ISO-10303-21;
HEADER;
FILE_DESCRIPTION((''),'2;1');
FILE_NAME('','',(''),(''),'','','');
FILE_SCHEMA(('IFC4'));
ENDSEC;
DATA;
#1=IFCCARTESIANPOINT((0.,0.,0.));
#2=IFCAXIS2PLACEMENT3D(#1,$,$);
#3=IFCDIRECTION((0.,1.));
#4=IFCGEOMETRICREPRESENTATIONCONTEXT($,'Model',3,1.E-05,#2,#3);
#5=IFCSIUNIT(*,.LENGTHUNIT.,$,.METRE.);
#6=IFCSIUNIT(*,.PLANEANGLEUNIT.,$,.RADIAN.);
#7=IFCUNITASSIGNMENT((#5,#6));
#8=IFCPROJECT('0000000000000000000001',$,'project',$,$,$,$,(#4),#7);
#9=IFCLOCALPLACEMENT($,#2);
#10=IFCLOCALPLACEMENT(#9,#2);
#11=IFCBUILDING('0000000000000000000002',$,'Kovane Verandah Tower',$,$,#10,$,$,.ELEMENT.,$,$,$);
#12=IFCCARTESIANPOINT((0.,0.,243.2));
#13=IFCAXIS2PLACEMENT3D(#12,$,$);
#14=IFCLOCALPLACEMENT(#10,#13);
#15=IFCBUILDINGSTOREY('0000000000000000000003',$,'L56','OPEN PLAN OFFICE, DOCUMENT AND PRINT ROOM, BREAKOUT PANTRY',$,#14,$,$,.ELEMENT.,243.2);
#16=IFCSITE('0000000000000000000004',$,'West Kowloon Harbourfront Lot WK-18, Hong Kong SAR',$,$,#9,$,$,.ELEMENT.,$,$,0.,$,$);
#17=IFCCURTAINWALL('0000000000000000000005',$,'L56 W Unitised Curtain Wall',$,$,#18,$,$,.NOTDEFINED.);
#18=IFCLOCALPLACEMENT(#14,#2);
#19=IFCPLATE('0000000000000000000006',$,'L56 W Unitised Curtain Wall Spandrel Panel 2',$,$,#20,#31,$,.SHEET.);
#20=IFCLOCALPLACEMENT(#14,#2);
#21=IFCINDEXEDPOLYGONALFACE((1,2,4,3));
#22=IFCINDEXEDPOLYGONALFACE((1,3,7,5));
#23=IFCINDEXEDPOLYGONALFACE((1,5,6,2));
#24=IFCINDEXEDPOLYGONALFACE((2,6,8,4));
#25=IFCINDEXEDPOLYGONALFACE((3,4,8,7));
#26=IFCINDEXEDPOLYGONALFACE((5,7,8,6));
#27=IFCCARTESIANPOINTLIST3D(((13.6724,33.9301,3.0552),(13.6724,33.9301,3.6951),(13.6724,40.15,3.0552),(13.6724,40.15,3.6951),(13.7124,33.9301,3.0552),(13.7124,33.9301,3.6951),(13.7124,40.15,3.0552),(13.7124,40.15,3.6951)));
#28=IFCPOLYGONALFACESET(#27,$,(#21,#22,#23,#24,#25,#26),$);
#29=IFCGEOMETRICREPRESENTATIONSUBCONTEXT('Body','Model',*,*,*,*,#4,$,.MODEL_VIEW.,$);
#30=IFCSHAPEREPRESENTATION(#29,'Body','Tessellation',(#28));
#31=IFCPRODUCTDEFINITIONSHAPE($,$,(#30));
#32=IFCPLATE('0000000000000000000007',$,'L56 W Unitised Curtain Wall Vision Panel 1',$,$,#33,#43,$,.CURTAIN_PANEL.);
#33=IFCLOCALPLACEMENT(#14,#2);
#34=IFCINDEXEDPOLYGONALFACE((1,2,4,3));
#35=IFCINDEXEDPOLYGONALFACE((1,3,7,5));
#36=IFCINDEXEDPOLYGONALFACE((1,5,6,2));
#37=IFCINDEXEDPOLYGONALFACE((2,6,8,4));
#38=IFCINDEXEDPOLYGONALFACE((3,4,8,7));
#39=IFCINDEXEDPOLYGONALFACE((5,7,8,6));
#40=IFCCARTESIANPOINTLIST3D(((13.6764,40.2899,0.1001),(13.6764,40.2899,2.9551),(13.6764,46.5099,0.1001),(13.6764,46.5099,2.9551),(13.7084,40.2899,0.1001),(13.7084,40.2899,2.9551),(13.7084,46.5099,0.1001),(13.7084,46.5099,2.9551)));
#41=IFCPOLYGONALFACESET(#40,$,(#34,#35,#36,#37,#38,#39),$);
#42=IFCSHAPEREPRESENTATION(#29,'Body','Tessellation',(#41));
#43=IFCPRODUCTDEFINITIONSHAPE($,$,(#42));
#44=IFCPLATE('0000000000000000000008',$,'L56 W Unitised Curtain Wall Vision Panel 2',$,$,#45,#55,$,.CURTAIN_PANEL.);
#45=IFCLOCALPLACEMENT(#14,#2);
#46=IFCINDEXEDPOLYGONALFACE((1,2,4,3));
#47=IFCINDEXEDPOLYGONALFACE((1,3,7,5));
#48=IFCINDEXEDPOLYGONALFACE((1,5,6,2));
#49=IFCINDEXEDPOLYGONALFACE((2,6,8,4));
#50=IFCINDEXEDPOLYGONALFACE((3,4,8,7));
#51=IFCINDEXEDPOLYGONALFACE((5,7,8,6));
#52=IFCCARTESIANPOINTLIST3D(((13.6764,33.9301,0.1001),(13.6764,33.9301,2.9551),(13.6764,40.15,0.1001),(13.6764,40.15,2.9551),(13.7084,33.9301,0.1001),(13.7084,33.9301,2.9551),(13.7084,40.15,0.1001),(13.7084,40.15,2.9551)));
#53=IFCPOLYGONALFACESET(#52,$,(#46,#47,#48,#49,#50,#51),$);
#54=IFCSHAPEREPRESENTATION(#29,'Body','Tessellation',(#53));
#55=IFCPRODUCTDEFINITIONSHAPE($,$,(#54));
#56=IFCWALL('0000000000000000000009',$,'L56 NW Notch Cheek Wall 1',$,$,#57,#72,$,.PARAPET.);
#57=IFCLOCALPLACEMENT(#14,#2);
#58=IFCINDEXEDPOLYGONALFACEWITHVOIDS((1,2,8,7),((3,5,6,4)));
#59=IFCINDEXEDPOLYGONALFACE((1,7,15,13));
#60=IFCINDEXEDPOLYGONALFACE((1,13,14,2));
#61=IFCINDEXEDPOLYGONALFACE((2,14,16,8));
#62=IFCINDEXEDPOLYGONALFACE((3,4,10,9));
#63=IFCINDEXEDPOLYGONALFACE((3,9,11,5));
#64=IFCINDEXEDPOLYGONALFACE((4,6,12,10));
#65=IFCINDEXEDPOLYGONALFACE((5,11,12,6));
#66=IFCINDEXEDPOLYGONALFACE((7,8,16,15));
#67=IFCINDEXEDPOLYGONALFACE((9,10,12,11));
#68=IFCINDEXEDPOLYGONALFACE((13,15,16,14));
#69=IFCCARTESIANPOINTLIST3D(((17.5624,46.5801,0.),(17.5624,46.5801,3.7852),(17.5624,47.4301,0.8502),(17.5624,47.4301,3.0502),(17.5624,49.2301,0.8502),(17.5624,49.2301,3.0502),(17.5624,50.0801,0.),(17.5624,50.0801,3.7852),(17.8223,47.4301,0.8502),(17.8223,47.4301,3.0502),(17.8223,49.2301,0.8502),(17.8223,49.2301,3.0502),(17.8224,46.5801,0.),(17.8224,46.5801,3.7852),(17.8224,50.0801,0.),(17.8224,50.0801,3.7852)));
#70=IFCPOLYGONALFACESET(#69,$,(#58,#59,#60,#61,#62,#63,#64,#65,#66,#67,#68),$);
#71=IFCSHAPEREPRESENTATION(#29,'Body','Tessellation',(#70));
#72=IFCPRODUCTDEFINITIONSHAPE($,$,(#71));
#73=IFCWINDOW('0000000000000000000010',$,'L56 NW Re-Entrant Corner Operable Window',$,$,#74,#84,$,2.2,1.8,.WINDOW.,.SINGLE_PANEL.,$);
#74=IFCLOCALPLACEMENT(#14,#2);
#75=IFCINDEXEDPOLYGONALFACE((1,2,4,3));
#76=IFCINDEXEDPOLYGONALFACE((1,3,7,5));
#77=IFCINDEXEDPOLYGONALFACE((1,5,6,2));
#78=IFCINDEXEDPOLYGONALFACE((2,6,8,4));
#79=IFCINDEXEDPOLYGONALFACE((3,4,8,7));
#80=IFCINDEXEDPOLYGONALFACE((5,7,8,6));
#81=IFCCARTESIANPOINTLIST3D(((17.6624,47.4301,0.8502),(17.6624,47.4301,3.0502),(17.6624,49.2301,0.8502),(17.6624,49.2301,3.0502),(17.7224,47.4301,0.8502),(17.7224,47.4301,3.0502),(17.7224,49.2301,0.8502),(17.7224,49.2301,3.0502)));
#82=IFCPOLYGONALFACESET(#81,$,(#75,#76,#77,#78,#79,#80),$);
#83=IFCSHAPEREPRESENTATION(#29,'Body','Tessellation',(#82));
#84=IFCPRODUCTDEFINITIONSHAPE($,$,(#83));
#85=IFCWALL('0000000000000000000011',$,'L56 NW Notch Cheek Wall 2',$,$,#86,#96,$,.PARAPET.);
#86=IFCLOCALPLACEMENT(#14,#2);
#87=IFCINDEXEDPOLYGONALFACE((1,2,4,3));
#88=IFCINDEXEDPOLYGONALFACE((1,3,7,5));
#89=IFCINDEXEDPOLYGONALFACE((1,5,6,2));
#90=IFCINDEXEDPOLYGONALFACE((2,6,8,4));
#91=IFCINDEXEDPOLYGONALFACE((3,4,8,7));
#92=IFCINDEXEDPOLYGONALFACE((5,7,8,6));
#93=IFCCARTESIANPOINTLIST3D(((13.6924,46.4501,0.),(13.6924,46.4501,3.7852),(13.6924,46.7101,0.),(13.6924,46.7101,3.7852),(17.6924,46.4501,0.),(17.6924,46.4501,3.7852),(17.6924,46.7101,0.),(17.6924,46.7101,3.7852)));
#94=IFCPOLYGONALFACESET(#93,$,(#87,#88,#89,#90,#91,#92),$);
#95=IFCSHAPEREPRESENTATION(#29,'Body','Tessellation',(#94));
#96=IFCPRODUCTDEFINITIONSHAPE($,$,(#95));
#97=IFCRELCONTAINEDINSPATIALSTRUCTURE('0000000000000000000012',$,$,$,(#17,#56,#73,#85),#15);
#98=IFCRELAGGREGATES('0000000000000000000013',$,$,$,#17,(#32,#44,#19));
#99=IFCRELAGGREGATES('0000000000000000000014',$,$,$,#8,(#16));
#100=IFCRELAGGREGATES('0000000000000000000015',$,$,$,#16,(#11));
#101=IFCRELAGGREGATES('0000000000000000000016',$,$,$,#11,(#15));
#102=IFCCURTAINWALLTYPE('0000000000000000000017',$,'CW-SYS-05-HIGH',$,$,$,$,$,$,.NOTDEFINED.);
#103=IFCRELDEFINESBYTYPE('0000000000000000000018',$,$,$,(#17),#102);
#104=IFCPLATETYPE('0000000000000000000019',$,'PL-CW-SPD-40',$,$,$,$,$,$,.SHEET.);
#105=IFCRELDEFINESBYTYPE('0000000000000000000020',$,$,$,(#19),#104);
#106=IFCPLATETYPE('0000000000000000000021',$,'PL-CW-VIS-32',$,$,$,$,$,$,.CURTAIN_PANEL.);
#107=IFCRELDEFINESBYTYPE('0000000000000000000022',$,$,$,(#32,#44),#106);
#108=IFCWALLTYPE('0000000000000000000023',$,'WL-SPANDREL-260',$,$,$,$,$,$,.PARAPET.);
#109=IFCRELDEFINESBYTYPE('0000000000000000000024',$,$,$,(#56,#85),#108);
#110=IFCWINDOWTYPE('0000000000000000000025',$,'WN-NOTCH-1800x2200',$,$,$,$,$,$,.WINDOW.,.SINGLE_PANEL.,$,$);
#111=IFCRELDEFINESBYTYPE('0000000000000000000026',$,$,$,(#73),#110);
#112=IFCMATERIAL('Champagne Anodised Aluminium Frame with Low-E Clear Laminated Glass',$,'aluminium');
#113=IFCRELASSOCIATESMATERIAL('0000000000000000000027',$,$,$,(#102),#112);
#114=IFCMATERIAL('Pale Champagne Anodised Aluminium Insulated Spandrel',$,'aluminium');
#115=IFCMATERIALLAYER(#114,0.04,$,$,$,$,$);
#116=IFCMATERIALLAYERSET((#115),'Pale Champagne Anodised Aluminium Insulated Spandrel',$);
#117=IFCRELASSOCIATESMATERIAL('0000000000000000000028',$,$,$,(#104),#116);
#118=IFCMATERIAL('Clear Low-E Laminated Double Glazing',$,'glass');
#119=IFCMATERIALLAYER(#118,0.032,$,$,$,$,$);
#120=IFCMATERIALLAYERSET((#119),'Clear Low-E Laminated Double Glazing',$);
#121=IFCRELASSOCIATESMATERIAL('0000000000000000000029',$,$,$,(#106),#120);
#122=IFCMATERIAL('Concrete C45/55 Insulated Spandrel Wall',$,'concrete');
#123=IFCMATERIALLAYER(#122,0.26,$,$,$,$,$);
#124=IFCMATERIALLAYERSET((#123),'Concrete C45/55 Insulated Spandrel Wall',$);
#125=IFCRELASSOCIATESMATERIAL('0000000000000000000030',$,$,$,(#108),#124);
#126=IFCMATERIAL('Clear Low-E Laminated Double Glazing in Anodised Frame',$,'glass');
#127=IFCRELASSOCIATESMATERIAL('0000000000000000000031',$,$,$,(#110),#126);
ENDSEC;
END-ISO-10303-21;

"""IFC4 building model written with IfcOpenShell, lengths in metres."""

from ifc_helpers import new_model, si_unit, direction, frame, frame_2d, origin, origin_2d, place, context, subcontext, project, spatial, rectangle, extrude, material, layer, layer_set, type_object, element, fill, aggregate, save


model = new_model("IFC4")

# Units and contexts
model_context = context("Model", 3, precision=1e-05, world=origin(), true_north=direction((0.0, 1.0)))
body_context = subcontext(model_context, "Body", "Model", "MODEL_VIEW")
ifc_project = project(units=[si_unit("LENGTHUNIT", "METRE"), si_unit("PLANEANGLEUNIT", "RADIAN")], contexts=[model_context])

# Site, building, storey
site_placement = place(None, origin())
site = spatial("IfcSite", under=ifc_project, at=site_placement, Name="West Kowloon Harbourfront Lot WK-18, Hong Kong SAR", CompositionType="ELEMENT", RefElevation=0.0)
building_placement = place(site_placement, origin())
building = spatial("IfcBuilding", under=site, at=building_placement, Name="Kovane Verandah Tower", CompositionType="ELEMENT")
storey_placement = place(building_placement, frame((0.0, 0.0, 243.2)))
storey = spatial("IfcBuildingStorey", under=building, at=storey_placement, Name="L56", Description="OPEN PLAN OFFICE, DOCUMENT AND PRINT ROOM, BREAKOUT PANTRY", CompositionType="ELEMENT", Elevation=243.2)

# Curtain wall
ifc_material_1 = material(Name="Champagne Anodised Aluminium Frame with Low-E Clear Laminated Glass", Category="aluminium")
curtain_wall_type = type_object("IfcCurtainWallType", Name="CW-SYS-05-HIGH", PredefinedType="NOTDEFINED", material=ifc_material_1)
curtain_wall_placement = place(storey_placement, origin())
curtain_wall = element("IfcCurtainWall", 1, at=curtain_wall_placement, inside=storey, type_object=curtain_wall_type, Name="L56 W Unitised Curtain Wall", PredefinedType="NOTDEFINED")

# Plates
ifc_material_2 = material(Name="Pale Champagne Anodised Aluminium Insulated Spandrel", Category="aluminium")
ifc_layer_1 = layer(ifc_material_2, 0.04)
ifc_layer_set_1 = layer_set([ifc_layer_1], Name="Pale Champagne Anodised Aluminium Insulated Spandrel")
plate_type_1 = type_object("IfcPlateType", Name="PL-CW-SPD-40", PredefinedType="SHEET", material=ifc_layer_set_1)
plate_1_placement = place(storey_placement, frame((13.6924, 37.04, 3.0552), z_axis=(0.0, 0.0, 1.0), x_axis=(0.0, -1.0, 0.0)))
plate_1 = element("IfcPlate", 2, at=plate_1_placement, type_object=plate_type_1, Name="L56 W Unitised Curtain Wall Spandrel Panel 2", PredefinedType="SHEET", context=body_context, shape_type="SweptSolid", body=[
    extrude(rectangle(XDim=6.22, YDim=0.04, at=origin_2d()), origin(), (0.0, 0.0, 1.0), 0.6399),
])
ifc_material_3 = material(Name="Clear Low-E Laminated Double Glazing", Category="glass")
ifc_layer_2 = layer(ifc_material_3, 0.032)
ifc_layer_set_2 = layer_set([ifc_layer_2], Name="Clear Low-E Laminated Double Glazing")
plate_type_2 = type_object("IfcPlateType", Name="PL-CW-VIS-32", PredefinedType="CURTAIN_PANEL", material=ifc_layer_set_2)
plate_2_placement = place(storey_placement, frame((13.6924, 43.3999, 0.1001), z_axis=(0.0, 0.0, 1.0), x_axis=(0.0, -1.0, 0.0)))
plate_2 = element("IfcPlate", 3, at=plate_2_placement, type_object=plate_type_2, Name="L56 W Unitised Curtain Wall Vision Panel 1", PredefinedType="CURTAIN_PANEL", context=body_context, shape_type="SweptSolid", body=[
    extrude(rectangle(XDim=6.22, YDim=0.032, at=origin_2d()), origin(), (0.0, 0.0, 1.0), 2.855),
])
plate_3_placement = place(storey_placement, frame((13.6924, 37.04, 0.1001), z_axis=(0.0, 0.0, 1.0), x_axis=(0.0, -1.0, 0.0)))
plate_3 = element("IfcPlate", 4, at=plate_3_placement, type_object=plate_type_2, Name="L56 W Unitised Curtain Wall Vision Panel 2", PredefinedType="CURTAIN_PANEL", context=body_context, shape_type="SweptSolid", body=[
    extrude(rectangle(XDim=6.22, YDim=0.032, at=origin_2d()), origin(), (0.0, 0.0, 1.0), 2.855),
])
aggregate(curtain_wall, [plate_2, plate_3, plate_1])

# Wall, opening, window
ifc_material_4 = material(Name="Concrete C45/55 Insulated Spandrel Wall", Category="concrete")
ifc_layer_3 = layer(ifc_material_4, 0.26)
ifc_layer_set_3 = layer_set([ifc_layer_3], Name="Concrete C45/55 Insulated Spandrel Wall")
wall_type = type_object("IfcWallType", Name="WL-SPANDREL-260", PredefinedType="PARAPET", material=ifc_layer_set_3)
wall_1_placement = place(storey_placement, frame((17.6924, 50.0801, 0.0), z_axis=(0.0, 0.0, 1.0), x_axis=(0.0, -1.0, 0.0)))
wall_1 = element("IfcWall", 5, at=wall_1_placement, inside=storey, type_object=wall_type, Name="L56 NW Notch Cheek Wall 1", PredefinedType="PARAPET", context=body_context, shape_type="SweptSolid", body=[
    extrude(rectangle(XDim=3.5, YDim=0.26, at=frame_2d((1.75, 0.0))), origin(), (0.0, 0.0, 1.0), 3.7852),
])
opening_placement = place(wall_1_placement, frame((0.8501, 0.0, 0.8501)))
opening = element("IfcOpeningElement", 6, at=opening_placement, cuts=wall_1, PredefinedType="OPENING", context=body_context, shape_type="SweptSolid", body=[
    extrude(rectangle(XDim=1.8, YDim=2.2, at=frame_2d((0.8999, 1.1001))), frame((0.0, 0.1299, 0.0), z_axis=(0.0, -1.0, 0.0), x_axis=(1.0, 0.0, 0.0)), (0.0, 0.0, 1.0), 0.26),
])
ifc_material_5 = material(Name="Clear Low-E Laminated Double Glazing in Anodised Frame", Category="glass")
window_type = type_object("IfcWindowType", Name="WN-NOTCH-1800x2200", PartitioningType="SINGLE_PANEL", PredefinedType="WINDOW", material=ifc_material_5)
window_placement = place(opening_placement, origin())
window = element("IfcWindow", 7, at=window_placement, inside=storey, type_object=window_type, Name="L56 NW Re-Entrant Corner Operable Window", OverallHeight=2.2, OverallWidth=1.8, PartitioningType="SINGLE_PANEL", PredefinedType="WINDOW", context=body_context, shape_type="SweptSolid", body=[
    extrude(rectangle(XDim=1.8, YDim=2.2, at=frame_2d((0.8999, 1.1001))), frame((0.0, 0.03, 0.0), z_axis=(0.0, -1.0, 0.0), x_axis=(1.0, 0.0, 0.0)), (0.0, 0.0, 1.0), 0.0601),
])
fill(opening, window)

# Wall
wall_2_placement = place(storey_placement, frame((17.6924, 46.5801, 0.0), z_axis=(0.0, 0.0, 1.0), x_axis=(-1.0, 0.0, 0.0)))
element("IfcWall", 8, at=wall_2_placement, inside=storey, type_object=wall_type, Name="L56 NW Notch Cheek Wall 2", PredefinedType="PARAPET", context=body_context, shape_type="SweptSolid", body=[
    extrude(rectangle(XDim=4.0, YDim=0.26, at=frame_2d((2.0, 0.0))), origin(), (0.0, 0.0, 1.0), 3.7852),
])

save(model, "model.ifc")
